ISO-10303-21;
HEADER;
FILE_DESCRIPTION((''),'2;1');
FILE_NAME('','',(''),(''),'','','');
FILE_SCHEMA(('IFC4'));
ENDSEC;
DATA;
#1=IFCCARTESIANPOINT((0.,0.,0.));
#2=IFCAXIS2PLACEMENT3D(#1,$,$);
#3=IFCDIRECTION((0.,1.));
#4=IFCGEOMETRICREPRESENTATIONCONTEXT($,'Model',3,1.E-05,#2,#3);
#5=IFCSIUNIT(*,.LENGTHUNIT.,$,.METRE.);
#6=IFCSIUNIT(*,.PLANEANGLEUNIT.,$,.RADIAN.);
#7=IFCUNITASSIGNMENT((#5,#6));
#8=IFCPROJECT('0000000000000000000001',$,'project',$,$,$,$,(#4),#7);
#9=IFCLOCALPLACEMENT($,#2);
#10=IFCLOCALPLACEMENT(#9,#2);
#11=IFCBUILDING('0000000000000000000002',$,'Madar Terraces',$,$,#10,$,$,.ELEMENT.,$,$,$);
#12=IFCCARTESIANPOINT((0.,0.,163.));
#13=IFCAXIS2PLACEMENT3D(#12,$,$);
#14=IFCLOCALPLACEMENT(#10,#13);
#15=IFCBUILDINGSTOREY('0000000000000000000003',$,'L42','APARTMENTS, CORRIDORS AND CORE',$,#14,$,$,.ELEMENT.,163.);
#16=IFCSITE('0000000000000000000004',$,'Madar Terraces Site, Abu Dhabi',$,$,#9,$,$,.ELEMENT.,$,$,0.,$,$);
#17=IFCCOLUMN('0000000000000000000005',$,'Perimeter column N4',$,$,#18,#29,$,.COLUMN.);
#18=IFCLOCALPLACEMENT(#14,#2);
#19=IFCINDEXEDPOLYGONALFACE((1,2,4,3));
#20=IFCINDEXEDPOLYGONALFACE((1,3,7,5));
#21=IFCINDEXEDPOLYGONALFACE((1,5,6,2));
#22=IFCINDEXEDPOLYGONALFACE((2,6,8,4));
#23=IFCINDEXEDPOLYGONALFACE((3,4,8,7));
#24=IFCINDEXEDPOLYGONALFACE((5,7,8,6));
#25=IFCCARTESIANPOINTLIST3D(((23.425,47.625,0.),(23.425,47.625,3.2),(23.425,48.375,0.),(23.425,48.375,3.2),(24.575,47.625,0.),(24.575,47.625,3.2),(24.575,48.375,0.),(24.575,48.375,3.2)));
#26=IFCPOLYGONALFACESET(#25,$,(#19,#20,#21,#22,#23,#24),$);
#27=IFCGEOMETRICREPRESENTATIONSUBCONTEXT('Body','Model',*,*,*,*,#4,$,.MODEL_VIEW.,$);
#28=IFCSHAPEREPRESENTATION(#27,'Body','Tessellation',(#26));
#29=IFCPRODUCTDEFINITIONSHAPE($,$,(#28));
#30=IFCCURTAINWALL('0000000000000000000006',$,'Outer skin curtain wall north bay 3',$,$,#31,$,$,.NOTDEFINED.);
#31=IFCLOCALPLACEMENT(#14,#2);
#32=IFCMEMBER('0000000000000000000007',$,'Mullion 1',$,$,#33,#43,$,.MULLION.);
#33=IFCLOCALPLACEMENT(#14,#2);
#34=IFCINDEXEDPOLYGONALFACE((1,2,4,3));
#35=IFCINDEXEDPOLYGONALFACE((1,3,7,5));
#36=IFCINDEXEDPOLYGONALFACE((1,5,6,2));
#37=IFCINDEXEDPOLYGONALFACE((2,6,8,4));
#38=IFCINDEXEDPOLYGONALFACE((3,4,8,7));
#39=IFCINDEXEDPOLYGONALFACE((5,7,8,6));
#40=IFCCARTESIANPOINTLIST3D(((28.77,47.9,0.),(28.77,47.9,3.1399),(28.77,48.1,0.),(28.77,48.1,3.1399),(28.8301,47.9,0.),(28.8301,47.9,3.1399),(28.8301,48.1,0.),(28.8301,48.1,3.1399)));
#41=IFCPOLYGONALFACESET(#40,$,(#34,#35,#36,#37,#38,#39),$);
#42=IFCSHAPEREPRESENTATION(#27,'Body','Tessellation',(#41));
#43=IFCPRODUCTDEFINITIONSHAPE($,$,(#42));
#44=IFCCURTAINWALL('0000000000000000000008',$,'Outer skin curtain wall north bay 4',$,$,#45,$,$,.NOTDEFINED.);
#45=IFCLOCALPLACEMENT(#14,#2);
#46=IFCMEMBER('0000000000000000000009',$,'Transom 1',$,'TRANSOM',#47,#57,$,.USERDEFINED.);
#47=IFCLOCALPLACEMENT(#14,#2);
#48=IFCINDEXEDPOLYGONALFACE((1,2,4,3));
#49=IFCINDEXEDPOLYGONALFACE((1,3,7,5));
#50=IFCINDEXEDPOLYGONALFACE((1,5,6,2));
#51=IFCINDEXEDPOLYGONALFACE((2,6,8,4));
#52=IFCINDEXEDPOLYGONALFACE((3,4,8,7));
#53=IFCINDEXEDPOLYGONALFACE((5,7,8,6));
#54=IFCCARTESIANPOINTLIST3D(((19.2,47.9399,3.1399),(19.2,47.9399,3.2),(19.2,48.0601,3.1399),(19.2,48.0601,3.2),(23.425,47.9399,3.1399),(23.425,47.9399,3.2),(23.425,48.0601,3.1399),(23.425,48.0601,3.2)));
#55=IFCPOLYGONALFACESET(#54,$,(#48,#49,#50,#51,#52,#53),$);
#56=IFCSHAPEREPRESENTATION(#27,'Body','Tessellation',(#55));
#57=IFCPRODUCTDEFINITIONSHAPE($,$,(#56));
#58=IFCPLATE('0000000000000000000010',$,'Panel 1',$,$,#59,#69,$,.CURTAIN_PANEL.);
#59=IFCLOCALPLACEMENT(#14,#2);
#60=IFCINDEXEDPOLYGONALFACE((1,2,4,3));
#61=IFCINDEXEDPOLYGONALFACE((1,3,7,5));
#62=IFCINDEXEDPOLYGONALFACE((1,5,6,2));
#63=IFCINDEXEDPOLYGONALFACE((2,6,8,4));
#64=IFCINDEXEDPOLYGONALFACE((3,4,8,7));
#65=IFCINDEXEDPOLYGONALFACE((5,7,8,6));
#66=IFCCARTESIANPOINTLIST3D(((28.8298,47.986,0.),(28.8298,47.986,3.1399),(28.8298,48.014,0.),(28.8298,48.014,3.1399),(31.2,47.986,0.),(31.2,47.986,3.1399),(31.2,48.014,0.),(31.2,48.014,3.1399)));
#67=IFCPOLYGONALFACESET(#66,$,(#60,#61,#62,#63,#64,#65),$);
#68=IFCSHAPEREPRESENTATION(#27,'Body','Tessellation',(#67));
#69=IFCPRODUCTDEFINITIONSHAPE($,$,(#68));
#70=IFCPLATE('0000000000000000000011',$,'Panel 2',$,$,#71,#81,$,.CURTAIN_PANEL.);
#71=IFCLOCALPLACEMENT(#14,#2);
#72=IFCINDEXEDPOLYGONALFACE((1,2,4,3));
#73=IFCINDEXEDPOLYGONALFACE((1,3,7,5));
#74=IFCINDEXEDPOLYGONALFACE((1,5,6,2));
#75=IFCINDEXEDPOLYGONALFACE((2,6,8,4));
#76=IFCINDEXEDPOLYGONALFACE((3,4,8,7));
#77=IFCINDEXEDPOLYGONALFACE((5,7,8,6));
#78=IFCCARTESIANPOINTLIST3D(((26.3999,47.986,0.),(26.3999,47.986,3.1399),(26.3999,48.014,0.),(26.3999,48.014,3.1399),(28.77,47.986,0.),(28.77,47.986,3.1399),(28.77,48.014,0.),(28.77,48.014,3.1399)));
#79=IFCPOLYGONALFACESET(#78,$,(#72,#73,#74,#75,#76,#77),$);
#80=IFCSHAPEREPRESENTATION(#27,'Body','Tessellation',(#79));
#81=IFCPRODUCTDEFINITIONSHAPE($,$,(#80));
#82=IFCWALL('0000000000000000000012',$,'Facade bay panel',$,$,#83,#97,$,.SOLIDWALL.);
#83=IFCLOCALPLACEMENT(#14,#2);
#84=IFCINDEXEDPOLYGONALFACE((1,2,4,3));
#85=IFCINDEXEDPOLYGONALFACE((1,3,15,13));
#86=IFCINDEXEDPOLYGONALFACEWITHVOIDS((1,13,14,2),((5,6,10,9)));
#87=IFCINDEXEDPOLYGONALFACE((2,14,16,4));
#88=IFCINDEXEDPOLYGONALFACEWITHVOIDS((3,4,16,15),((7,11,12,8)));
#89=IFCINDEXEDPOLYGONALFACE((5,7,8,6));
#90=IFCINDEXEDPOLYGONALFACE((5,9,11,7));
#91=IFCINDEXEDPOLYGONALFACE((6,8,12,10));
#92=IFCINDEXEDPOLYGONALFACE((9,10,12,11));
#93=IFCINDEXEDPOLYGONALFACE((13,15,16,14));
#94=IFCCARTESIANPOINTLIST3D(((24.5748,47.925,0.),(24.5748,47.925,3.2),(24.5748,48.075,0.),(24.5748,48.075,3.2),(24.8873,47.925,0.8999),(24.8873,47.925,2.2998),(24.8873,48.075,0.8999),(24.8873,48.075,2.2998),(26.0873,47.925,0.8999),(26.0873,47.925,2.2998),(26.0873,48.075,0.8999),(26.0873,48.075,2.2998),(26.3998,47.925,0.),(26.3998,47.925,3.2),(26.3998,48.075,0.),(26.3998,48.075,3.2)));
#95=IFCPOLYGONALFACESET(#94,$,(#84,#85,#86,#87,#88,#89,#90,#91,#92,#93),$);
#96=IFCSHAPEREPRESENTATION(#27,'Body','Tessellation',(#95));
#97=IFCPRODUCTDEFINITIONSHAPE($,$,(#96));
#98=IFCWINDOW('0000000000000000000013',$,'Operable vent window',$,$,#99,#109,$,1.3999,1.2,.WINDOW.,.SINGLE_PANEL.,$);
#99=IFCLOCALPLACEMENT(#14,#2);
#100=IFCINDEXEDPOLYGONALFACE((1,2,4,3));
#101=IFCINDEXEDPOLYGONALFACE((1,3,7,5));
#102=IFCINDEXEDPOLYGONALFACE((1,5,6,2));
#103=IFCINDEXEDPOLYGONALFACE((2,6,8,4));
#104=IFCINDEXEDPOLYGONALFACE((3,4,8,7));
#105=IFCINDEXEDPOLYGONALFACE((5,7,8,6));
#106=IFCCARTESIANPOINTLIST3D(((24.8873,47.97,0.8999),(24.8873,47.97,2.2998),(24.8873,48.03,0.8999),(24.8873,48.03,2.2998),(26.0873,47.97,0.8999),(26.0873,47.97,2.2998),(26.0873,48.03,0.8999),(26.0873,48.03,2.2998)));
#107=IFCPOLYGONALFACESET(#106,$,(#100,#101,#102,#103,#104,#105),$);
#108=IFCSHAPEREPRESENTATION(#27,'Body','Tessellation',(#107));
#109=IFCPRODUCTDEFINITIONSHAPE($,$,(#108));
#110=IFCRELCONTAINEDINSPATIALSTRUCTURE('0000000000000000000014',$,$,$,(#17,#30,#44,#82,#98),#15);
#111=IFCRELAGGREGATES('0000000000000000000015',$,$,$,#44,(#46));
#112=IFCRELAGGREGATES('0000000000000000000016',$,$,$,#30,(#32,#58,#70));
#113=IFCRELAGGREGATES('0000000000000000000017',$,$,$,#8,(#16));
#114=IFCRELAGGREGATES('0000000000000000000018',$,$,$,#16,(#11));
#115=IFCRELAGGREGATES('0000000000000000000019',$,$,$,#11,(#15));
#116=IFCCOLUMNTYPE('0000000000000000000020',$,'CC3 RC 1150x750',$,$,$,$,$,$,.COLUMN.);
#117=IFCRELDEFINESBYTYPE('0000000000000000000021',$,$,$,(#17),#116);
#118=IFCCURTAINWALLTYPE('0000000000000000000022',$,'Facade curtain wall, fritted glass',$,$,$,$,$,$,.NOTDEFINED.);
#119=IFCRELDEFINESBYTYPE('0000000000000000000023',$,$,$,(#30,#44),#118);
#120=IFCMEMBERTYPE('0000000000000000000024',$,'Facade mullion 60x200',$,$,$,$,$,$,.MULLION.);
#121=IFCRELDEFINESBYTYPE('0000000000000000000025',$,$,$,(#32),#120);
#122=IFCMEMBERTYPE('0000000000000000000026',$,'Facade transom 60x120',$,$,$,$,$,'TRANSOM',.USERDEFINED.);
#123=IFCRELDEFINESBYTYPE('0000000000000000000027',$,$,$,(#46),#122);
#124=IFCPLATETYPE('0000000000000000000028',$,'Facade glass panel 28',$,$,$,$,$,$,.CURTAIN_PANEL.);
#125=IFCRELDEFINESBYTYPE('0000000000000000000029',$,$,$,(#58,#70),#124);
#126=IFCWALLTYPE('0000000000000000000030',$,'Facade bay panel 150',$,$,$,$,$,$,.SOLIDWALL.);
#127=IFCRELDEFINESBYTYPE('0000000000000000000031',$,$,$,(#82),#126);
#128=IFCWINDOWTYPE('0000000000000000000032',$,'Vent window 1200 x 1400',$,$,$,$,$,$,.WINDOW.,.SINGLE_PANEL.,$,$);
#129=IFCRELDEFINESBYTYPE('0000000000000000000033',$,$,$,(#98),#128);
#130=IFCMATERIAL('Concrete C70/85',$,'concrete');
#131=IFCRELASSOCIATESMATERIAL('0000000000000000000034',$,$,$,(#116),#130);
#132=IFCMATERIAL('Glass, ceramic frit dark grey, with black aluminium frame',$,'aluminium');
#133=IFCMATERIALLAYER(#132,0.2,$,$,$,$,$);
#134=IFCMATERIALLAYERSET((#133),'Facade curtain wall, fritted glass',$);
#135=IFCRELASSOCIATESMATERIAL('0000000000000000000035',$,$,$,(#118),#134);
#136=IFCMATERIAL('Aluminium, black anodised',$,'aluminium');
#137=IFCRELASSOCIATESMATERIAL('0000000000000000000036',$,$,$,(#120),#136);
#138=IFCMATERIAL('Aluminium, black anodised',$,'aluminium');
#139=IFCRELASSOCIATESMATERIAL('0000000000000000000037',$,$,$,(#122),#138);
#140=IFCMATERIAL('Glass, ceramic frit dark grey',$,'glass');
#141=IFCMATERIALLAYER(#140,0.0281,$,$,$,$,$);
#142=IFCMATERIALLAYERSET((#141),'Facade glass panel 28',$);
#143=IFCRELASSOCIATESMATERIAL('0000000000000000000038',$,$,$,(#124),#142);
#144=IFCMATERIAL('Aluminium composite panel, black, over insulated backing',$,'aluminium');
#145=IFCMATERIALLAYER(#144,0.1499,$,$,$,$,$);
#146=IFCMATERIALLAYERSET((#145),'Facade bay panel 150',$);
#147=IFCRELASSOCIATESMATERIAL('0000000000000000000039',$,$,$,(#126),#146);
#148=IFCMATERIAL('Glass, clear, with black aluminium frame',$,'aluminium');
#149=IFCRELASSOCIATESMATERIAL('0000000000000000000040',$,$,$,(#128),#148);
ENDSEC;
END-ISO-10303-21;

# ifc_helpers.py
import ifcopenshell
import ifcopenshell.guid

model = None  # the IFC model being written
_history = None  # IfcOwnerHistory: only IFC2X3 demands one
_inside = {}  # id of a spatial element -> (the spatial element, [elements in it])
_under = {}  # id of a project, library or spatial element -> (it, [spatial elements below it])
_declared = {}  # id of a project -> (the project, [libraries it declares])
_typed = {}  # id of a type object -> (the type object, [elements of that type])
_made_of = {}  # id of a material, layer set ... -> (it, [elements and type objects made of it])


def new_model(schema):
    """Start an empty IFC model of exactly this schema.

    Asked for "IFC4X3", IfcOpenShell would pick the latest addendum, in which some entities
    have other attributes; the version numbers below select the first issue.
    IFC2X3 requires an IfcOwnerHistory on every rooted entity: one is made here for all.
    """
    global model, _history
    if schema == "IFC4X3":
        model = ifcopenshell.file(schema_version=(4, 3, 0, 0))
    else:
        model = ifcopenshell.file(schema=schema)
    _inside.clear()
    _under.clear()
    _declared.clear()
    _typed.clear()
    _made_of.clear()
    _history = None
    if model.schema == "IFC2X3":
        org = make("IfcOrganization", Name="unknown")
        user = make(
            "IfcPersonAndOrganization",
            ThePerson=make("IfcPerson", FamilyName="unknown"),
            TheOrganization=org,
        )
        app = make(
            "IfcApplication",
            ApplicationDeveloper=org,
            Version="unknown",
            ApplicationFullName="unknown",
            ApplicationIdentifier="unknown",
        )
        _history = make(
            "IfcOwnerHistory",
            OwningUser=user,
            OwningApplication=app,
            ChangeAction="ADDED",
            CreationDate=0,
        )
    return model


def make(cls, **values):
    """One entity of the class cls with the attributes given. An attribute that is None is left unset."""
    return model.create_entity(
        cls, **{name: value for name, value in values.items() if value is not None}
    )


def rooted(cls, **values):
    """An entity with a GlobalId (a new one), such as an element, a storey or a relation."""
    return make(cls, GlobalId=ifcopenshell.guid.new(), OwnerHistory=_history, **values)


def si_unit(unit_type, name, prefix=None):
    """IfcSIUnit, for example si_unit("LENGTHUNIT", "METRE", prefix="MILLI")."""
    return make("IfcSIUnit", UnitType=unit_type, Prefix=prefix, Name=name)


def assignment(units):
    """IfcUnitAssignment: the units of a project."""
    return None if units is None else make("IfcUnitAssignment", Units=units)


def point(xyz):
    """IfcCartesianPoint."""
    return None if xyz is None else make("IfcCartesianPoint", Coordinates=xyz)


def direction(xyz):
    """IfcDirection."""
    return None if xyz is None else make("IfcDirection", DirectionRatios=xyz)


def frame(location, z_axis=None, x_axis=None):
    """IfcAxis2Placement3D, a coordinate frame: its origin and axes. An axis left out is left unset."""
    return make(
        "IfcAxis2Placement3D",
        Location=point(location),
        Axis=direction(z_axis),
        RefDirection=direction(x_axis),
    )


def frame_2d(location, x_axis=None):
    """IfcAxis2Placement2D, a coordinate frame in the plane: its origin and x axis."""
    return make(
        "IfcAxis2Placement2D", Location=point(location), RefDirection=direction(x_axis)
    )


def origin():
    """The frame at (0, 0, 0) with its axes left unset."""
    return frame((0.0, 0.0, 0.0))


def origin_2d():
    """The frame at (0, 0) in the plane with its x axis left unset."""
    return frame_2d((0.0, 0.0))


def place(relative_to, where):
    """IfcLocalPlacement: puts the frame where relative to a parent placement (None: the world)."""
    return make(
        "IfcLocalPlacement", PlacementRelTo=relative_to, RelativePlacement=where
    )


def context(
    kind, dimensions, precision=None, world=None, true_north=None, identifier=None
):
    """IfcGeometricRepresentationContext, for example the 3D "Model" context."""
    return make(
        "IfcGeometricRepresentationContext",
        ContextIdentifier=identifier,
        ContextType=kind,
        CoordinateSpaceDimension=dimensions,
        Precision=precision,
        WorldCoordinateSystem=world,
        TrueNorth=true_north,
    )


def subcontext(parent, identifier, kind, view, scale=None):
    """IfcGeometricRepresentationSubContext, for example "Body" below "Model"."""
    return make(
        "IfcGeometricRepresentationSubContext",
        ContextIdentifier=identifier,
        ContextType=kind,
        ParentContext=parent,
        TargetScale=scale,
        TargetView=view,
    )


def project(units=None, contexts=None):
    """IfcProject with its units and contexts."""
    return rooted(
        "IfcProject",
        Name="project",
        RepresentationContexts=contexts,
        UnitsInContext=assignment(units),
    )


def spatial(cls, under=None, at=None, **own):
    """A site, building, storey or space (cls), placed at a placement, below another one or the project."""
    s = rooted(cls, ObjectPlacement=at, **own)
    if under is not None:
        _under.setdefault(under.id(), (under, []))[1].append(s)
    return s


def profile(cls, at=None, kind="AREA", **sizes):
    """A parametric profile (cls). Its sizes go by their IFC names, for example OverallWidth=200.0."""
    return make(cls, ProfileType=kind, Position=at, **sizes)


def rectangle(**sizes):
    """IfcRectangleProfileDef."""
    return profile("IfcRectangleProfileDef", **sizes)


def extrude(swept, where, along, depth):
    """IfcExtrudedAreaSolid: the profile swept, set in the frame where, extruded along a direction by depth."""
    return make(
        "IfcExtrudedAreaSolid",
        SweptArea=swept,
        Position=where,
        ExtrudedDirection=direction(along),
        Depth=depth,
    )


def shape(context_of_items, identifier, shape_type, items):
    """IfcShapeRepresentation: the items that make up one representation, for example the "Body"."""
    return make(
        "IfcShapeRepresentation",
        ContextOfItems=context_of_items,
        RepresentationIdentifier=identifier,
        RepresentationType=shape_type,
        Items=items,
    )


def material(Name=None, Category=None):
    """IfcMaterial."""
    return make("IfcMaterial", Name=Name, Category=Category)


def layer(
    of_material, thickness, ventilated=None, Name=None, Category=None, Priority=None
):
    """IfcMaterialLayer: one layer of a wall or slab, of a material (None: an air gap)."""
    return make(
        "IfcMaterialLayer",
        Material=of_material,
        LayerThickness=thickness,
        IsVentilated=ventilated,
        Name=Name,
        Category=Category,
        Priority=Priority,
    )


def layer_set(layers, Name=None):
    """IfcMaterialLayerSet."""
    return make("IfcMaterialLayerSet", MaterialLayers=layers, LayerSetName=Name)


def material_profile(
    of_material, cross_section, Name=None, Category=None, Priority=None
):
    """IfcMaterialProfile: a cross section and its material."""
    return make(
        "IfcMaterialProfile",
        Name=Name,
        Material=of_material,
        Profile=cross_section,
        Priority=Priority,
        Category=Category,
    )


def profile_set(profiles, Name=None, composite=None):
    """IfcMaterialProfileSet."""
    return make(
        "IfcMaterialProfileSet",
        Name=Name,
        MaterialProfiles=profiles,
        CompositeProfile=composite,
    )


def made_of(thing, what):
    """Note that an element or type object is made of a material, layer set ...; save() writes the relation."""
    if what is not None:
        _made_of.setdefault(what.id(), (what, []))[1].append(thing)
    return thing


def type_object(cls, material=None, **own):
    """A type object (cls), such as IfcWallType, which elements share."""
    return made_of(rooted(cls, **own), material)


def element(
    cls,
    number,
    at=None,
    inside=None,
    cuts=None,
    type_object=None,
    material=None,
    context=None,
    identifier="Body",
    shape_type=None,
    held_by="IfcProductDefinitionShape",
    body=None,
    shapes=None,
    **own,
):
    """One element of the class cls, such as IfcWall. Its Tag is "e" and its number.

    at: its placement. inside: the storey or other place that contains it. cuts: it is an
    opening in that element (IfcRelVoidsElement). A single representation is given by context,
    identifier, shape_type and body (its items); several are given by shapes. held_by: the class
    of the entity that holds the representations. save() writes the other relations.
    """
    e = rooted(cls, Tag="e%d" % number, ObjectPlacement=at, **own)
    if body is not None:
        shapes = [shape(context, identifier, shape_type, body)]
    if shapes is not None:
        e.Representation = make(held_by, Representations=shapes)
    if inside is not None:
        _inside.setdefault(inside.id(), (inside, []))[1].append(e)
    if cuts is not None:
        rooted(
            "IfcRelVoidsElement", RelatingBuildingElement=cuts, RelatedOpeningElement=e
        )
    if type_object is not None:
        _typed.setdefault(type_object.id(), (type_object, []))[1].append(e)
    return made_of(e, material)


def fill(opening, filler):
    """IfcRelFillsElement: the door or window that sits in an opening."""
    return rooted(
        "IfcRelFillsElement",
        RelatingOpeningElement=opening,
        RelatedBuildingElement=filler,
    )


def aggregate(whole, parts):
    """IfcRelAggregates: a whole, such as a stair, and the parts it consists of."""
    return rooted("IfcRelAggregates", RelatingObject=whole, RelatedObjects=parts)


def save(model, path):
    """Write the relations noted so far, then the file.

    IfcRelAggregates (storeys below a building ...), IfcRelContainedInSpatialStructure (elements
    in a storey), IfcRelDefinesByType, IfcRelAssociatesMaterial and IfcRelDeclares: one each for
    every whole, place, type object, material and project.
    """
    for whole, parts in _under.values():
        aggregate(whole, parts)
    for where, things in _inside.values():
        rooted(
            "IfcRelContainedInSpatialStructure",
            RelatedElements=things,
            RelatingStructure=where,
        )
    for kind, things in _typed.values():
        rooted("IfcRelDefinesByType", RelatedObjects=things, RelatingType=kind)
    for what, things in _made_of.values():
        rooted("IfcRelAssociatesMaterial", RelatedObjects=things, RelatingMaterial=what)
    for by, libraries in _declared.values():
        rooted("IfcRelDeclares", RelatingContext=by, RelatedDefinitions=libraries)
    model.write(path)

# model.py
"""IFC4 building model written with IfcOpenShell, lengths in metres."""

from ifc_helpers import new_model, si_unit, direction, frame, frame_2d, origin, origin_2d, place, context, subcontext, project, spatial, rectangle, extrude, material, layer, layer_set, material_profile, profile_set, type_object, element, fill, aggregate, save


model = new_model("IFC4")

# Units and contexts
model_context = context("Model", 3, precision=1e-05, world=origin(), true_north=direction((0.0, 1.0)))
body_context = subcontext(model_context, "Body", "Model", "MODEL_VIEW")
ifc_project = project(units=[si_unit("LENGTHUNIT", "METRE"), si_unit("PLANEANGLEUNIT", "RADIAN")], contexts=[model_context])

# Site, building, storey
site_placement = place(None, origin())
site = spatial("IfcSite", under=ifc_project, at=site_placement, Name="Madar Terraces Site, Abu Dhabi", CompositionType="ELEMENT", RefElevation=0.0)
building_placement = place(site_placement, origin())
building = spatial("IfcBuilding", under=site, at=building_placement, Name="Madar Terraces", CompositionType="ELEMENT")
storey_placement = place(building_placement, frame((0.0, 0.0, 163.0)))
storey = spatial("IfcBuildingStorey", under=building, at=storey_placement, Name="L42", Description="APARTMENTS, CORRIDORS AND CORE", CompositionType="ELEMENT", Elevation=163.0)

# Column
ifc_material_1 = material(Name="Concrete C70/85", Category="concrete")
ifc_material_profile_1 = material_profile(ifc_material_1, rectangle(XDim=1.1499, YDim=0.75, at=origin_2d()), Name="CC3 RC 1150x750")
ifc_profile_set_1 = profile_set([ifc_material_profile_1], Name="Concrete C70/85")
column_type = type_object("IfcColumnType", Name="CC3 RC 1150x750", PredefinedType="COLUMN", material=ifc_profile_set_1)
column_placement = place(storey_placement, frame((24.0, 48.0, 0.0), z_axis=(0.0, 0.0, 1.0), x_axis=(1.0, 0.0, 0.0)))
element("IfcColumn", 1, at=column_placement, inside=storey, type_object=column_type, Name="Perimeter column N4", PredefinedType="COLUMN", context=body_context, shape_type="SweptSolid", body=[
    extrude(rectangle(XDim=1.1499, YDim=0.75, at=origin_2d()), origin(), (0.0, 0.0, 1.0), 3.2),
])

# Curtain walls, members
ifc_material_2 = material(Name="Glass, ceramic frit dark grey, with black aluminium frame", Category="aluminium")
ifc_layer_1 = layer(ifc_material_2, 0.2)
ifc_layer_set_1 = layer_set([ifc_layer_1], Name="Facade curtain wall, fritted glass")
curtain_wall_type = type_object("IfcCurtainWallType", Name="Facade curtain wall, fritted glass", PredefinedType="NOTDEFINED", material=ifc_layer_set_1)
curtain_wall_1_placement = place(storey_placement, origin())
curtain_wall_1 = element("IfcCurtainWall", 2, at=curtain_wall_1_placement, inside=storey, type_object=curtain_wall_type, Name="Outer skin curtain wall north bay 3", PredefinedType="NOTDEFINED")
ifc_material_3 = material(Name="Aluminium, black anodised", Category="aluminium")
ifc_material_profile_2 = material_profile(ifc_material_3, rectangle(XDim=0.2, YDim=0.0601, at=origin_2d()), Name="Facade mullion 60x200")
ifc_profile_set_2 = profile_set([ifc_material_profile_2], Name="Aluminium, black anodised")
member_type_1 = type_object("IfcMemberType", Name="Facade mullion 60x200", PredefinedType="MULLION", material=ifc_profile_set_2)
member_1_placement = place(storey_placement, frame((28.8, 48.0, 0.0), z_axis=(0.0, 0.0, 1.0), x_axis=(0.0, -1.0, 0.0)))
member_1 = element("IfcMember", 3, at=member_1_placement, type_object=member_type_1, Name="Mullion 1", PredefinedType="MULLION", context=body_context, shape_type="SweptSolid", body=[
    extrude(rectangle(XDim=0.2, YDim=0.0601, at=origin_2d()), origin(), (0.0, 0.0, 1.0), 3.1399),
])
curtain_wall_2_placement = place(storey_placement, origin())
curtain_wall_2 = element("IfcCurtainWall", 4, at=curtain_wall_2_placement, inside=storey, type_object=curtain_wall_type, Name="Outer skin curtain wall north bay 4", PredefinedType="NOTDEFINED")
ifc_material_4 = material(Name="Aluminium, black anodised", Category="aluminium")
ifc_material_profile_3 = material_profile(ifc_material_4, rectangle(XDim=0.1201, YDim=0.0601, at=origin_2d()), Name="Facade transom 60x120")
ifc_profile_set_3 = profile_set([ifc_material_profile_3], Name="Aluminium, black anodised")
member_type_2 = type_object("IfcMemberType", Name="Facade transom 60x120", ElementType="TRANSOM", PredefinedType="USERDEFINED", material=ifc_profile_set_3)
member_2_placement = place(storey_placement, frame((23.425, 48.0, 3.1699), z_axis=(-1.0, 0.0, 0.0), x_axis=(0.0, -1.0, 0.0)))
member_2 = element("IfcMember", 5, at=member_2_placement, type_object=member_type_2, Name="Transom 1", ObjectType="TRANSOM", PredefinedType="USERDEFINED", context=body_context, shape_type="SweptSolid", body=[
    extrude(rectangle(XDim=0.1201, YDim=0.0601, at=origin_2d()), origin(), (0.0, 0.0, 1.0), 4.2251),
])
aggregate(curtain_wall_2, [member_2])

# Plates
ifc_material_5 = material(Name="Glass, ceramic frit dark grey", Category="glass")
ifc_layer_2 = layer(ifc_material_5, 0.0281)
ifc_layer_set_2 = layer_set([ifc_layer_2], Name="Facade glass panel 28")
plate_type = type_object("IfcPlateType", Name="Facade glass panel 28", PredefinedType="CURTAIN_PANEL", material=ifc_layer_set_2)
plate_1_placement = place(storey_placement, frame((30.0149, 48.0, 0.0), z_axis=(0.0, 0.0, 1.0), x_axis=(-1.0, 0.0, 0.0)))
plate_1 = element("IfcPlate", 6, at=plate_1_placement, type_object=plate_type, Name="Panel 1", PredefinedType="CURTAIN_PANEL", context=body_context, shape_type="SweptSolid", body=[
    extrude(rectangle(XDim=2.3701, YDim=0.0281, at=origin_2d()), origin(), (0.0, 0.0, 1.0), 3.1399),
])
plate_2_placement = place(storey_placement, frame((27.585, 48.0, 0.0), z_axis=(0.0, 0.0, 1.0), x_axis=(-1.0, 0.0, 0.0)))
plate_2 = element("IfcPlate", 7, at=plate_2_placement, type_object=plate_type, Name="Panel 2", PredefinedType="CURTAIN_PANEL", context=body_context, shape_type="SweptSolid", body=[
    extrude(rectangle(XDim=2.3701, YDim=0.0281, at=origin_2d()), origin(), (0.0, 0.0, 1.0), 3.1399),
])
aggregate(curtain_wall_1, [member_1, plate_1, plate_2])

# Wall, opening, window
ifc_material_6 = material(Name="Aluminium composite panel, black, over insulated backing", Category="aluminium")
ifc_layer_3 = layer(ifc_material_6, 0.1499)
ifc_layer_set_3 = layer_set([ifc_layer_3], Name="Facade bay panel 150")
wall_type_1 = type_object("IfcWallType", Name="Facade bay panel 150", PredefinedType="SOLIDWALL", material=ifc_layer_set_3)
wall_1_placement = place(storey_placement, frame((26.3999, 48.0, 0.0), z_axis=(0.0, 0.0, 1.0), x_axis=(-1.0, 0.0, 0.0)))
wall_1 = element("IfcWall", 8, at=wall_1_placement, inside=storey, type_object=wall_type_1, Name="Facade bay panel", PredefinedType="SOLIDWALL", context=body_context, shape_type="SweptSolid", body=[
    extrude(rectangle(XDim=1.825, YDim=0.1499, at=frame_2d((0.9126, 0.0))), origin(), (0.0, 0.0, 1.0), 3.2),
])
opening_1_placement = place(wall_1_placement, frame((0.3125, 0.0, 0.8999)))
opening_1 = element("IfcOpeningElement", 9, at=opening_1_placement, cuts=wall_1, PredefinedType="OPENING", context=body_context, shape_type="SweptSolid", body=[
    extrude(rectangle(XDim=1.2, YDim=1.3999, at=frame_2d((0.6001, 0.7))), frame((0.0, 0.085, 0.0), z_axis=(0.0, -1.0, 0.0), x_axis=(1.0, 0.0, 0.0)), (0.0, 0.0, 1.0), 0.1699),
])
ifc_material_7 = material(Name="Glass, clear, with black aluminium frame", Category="aluminium")
window_type = type_object("IfcWindowType", Name="Vent window 1200 x 1400", PartitioningType="SINGLE_PANEL", PredefinedType="WINDOW", material=ifc_material_7)
window_placement = place(opening_1_placement, origin())
window = element("IfcWindow", 10, at=window_placement, inside=storey, type_object=window_type, Name="Operable vent window", OverallHeight=1.3999, OverallWidth=1.2, PartitioningType="SINGLE_PANEL", PredefinedType="WINDOW", context=body_context, shape_type="SweptSolid", body=[
    extrude(rectangle(XDim=1.2, YDim=1.3999, at=frame_2d((0.6001, 0.7))), frame((0.0, 0.03, 0.0), z_axis=(0.0, -1.0, 0.0), x_axis=(1.0, 0.0, 0.0)), (0.0, 0.0, 1.0), 0.0601),
])
fill(opening_1, window)

save(model, "model.ifc")
